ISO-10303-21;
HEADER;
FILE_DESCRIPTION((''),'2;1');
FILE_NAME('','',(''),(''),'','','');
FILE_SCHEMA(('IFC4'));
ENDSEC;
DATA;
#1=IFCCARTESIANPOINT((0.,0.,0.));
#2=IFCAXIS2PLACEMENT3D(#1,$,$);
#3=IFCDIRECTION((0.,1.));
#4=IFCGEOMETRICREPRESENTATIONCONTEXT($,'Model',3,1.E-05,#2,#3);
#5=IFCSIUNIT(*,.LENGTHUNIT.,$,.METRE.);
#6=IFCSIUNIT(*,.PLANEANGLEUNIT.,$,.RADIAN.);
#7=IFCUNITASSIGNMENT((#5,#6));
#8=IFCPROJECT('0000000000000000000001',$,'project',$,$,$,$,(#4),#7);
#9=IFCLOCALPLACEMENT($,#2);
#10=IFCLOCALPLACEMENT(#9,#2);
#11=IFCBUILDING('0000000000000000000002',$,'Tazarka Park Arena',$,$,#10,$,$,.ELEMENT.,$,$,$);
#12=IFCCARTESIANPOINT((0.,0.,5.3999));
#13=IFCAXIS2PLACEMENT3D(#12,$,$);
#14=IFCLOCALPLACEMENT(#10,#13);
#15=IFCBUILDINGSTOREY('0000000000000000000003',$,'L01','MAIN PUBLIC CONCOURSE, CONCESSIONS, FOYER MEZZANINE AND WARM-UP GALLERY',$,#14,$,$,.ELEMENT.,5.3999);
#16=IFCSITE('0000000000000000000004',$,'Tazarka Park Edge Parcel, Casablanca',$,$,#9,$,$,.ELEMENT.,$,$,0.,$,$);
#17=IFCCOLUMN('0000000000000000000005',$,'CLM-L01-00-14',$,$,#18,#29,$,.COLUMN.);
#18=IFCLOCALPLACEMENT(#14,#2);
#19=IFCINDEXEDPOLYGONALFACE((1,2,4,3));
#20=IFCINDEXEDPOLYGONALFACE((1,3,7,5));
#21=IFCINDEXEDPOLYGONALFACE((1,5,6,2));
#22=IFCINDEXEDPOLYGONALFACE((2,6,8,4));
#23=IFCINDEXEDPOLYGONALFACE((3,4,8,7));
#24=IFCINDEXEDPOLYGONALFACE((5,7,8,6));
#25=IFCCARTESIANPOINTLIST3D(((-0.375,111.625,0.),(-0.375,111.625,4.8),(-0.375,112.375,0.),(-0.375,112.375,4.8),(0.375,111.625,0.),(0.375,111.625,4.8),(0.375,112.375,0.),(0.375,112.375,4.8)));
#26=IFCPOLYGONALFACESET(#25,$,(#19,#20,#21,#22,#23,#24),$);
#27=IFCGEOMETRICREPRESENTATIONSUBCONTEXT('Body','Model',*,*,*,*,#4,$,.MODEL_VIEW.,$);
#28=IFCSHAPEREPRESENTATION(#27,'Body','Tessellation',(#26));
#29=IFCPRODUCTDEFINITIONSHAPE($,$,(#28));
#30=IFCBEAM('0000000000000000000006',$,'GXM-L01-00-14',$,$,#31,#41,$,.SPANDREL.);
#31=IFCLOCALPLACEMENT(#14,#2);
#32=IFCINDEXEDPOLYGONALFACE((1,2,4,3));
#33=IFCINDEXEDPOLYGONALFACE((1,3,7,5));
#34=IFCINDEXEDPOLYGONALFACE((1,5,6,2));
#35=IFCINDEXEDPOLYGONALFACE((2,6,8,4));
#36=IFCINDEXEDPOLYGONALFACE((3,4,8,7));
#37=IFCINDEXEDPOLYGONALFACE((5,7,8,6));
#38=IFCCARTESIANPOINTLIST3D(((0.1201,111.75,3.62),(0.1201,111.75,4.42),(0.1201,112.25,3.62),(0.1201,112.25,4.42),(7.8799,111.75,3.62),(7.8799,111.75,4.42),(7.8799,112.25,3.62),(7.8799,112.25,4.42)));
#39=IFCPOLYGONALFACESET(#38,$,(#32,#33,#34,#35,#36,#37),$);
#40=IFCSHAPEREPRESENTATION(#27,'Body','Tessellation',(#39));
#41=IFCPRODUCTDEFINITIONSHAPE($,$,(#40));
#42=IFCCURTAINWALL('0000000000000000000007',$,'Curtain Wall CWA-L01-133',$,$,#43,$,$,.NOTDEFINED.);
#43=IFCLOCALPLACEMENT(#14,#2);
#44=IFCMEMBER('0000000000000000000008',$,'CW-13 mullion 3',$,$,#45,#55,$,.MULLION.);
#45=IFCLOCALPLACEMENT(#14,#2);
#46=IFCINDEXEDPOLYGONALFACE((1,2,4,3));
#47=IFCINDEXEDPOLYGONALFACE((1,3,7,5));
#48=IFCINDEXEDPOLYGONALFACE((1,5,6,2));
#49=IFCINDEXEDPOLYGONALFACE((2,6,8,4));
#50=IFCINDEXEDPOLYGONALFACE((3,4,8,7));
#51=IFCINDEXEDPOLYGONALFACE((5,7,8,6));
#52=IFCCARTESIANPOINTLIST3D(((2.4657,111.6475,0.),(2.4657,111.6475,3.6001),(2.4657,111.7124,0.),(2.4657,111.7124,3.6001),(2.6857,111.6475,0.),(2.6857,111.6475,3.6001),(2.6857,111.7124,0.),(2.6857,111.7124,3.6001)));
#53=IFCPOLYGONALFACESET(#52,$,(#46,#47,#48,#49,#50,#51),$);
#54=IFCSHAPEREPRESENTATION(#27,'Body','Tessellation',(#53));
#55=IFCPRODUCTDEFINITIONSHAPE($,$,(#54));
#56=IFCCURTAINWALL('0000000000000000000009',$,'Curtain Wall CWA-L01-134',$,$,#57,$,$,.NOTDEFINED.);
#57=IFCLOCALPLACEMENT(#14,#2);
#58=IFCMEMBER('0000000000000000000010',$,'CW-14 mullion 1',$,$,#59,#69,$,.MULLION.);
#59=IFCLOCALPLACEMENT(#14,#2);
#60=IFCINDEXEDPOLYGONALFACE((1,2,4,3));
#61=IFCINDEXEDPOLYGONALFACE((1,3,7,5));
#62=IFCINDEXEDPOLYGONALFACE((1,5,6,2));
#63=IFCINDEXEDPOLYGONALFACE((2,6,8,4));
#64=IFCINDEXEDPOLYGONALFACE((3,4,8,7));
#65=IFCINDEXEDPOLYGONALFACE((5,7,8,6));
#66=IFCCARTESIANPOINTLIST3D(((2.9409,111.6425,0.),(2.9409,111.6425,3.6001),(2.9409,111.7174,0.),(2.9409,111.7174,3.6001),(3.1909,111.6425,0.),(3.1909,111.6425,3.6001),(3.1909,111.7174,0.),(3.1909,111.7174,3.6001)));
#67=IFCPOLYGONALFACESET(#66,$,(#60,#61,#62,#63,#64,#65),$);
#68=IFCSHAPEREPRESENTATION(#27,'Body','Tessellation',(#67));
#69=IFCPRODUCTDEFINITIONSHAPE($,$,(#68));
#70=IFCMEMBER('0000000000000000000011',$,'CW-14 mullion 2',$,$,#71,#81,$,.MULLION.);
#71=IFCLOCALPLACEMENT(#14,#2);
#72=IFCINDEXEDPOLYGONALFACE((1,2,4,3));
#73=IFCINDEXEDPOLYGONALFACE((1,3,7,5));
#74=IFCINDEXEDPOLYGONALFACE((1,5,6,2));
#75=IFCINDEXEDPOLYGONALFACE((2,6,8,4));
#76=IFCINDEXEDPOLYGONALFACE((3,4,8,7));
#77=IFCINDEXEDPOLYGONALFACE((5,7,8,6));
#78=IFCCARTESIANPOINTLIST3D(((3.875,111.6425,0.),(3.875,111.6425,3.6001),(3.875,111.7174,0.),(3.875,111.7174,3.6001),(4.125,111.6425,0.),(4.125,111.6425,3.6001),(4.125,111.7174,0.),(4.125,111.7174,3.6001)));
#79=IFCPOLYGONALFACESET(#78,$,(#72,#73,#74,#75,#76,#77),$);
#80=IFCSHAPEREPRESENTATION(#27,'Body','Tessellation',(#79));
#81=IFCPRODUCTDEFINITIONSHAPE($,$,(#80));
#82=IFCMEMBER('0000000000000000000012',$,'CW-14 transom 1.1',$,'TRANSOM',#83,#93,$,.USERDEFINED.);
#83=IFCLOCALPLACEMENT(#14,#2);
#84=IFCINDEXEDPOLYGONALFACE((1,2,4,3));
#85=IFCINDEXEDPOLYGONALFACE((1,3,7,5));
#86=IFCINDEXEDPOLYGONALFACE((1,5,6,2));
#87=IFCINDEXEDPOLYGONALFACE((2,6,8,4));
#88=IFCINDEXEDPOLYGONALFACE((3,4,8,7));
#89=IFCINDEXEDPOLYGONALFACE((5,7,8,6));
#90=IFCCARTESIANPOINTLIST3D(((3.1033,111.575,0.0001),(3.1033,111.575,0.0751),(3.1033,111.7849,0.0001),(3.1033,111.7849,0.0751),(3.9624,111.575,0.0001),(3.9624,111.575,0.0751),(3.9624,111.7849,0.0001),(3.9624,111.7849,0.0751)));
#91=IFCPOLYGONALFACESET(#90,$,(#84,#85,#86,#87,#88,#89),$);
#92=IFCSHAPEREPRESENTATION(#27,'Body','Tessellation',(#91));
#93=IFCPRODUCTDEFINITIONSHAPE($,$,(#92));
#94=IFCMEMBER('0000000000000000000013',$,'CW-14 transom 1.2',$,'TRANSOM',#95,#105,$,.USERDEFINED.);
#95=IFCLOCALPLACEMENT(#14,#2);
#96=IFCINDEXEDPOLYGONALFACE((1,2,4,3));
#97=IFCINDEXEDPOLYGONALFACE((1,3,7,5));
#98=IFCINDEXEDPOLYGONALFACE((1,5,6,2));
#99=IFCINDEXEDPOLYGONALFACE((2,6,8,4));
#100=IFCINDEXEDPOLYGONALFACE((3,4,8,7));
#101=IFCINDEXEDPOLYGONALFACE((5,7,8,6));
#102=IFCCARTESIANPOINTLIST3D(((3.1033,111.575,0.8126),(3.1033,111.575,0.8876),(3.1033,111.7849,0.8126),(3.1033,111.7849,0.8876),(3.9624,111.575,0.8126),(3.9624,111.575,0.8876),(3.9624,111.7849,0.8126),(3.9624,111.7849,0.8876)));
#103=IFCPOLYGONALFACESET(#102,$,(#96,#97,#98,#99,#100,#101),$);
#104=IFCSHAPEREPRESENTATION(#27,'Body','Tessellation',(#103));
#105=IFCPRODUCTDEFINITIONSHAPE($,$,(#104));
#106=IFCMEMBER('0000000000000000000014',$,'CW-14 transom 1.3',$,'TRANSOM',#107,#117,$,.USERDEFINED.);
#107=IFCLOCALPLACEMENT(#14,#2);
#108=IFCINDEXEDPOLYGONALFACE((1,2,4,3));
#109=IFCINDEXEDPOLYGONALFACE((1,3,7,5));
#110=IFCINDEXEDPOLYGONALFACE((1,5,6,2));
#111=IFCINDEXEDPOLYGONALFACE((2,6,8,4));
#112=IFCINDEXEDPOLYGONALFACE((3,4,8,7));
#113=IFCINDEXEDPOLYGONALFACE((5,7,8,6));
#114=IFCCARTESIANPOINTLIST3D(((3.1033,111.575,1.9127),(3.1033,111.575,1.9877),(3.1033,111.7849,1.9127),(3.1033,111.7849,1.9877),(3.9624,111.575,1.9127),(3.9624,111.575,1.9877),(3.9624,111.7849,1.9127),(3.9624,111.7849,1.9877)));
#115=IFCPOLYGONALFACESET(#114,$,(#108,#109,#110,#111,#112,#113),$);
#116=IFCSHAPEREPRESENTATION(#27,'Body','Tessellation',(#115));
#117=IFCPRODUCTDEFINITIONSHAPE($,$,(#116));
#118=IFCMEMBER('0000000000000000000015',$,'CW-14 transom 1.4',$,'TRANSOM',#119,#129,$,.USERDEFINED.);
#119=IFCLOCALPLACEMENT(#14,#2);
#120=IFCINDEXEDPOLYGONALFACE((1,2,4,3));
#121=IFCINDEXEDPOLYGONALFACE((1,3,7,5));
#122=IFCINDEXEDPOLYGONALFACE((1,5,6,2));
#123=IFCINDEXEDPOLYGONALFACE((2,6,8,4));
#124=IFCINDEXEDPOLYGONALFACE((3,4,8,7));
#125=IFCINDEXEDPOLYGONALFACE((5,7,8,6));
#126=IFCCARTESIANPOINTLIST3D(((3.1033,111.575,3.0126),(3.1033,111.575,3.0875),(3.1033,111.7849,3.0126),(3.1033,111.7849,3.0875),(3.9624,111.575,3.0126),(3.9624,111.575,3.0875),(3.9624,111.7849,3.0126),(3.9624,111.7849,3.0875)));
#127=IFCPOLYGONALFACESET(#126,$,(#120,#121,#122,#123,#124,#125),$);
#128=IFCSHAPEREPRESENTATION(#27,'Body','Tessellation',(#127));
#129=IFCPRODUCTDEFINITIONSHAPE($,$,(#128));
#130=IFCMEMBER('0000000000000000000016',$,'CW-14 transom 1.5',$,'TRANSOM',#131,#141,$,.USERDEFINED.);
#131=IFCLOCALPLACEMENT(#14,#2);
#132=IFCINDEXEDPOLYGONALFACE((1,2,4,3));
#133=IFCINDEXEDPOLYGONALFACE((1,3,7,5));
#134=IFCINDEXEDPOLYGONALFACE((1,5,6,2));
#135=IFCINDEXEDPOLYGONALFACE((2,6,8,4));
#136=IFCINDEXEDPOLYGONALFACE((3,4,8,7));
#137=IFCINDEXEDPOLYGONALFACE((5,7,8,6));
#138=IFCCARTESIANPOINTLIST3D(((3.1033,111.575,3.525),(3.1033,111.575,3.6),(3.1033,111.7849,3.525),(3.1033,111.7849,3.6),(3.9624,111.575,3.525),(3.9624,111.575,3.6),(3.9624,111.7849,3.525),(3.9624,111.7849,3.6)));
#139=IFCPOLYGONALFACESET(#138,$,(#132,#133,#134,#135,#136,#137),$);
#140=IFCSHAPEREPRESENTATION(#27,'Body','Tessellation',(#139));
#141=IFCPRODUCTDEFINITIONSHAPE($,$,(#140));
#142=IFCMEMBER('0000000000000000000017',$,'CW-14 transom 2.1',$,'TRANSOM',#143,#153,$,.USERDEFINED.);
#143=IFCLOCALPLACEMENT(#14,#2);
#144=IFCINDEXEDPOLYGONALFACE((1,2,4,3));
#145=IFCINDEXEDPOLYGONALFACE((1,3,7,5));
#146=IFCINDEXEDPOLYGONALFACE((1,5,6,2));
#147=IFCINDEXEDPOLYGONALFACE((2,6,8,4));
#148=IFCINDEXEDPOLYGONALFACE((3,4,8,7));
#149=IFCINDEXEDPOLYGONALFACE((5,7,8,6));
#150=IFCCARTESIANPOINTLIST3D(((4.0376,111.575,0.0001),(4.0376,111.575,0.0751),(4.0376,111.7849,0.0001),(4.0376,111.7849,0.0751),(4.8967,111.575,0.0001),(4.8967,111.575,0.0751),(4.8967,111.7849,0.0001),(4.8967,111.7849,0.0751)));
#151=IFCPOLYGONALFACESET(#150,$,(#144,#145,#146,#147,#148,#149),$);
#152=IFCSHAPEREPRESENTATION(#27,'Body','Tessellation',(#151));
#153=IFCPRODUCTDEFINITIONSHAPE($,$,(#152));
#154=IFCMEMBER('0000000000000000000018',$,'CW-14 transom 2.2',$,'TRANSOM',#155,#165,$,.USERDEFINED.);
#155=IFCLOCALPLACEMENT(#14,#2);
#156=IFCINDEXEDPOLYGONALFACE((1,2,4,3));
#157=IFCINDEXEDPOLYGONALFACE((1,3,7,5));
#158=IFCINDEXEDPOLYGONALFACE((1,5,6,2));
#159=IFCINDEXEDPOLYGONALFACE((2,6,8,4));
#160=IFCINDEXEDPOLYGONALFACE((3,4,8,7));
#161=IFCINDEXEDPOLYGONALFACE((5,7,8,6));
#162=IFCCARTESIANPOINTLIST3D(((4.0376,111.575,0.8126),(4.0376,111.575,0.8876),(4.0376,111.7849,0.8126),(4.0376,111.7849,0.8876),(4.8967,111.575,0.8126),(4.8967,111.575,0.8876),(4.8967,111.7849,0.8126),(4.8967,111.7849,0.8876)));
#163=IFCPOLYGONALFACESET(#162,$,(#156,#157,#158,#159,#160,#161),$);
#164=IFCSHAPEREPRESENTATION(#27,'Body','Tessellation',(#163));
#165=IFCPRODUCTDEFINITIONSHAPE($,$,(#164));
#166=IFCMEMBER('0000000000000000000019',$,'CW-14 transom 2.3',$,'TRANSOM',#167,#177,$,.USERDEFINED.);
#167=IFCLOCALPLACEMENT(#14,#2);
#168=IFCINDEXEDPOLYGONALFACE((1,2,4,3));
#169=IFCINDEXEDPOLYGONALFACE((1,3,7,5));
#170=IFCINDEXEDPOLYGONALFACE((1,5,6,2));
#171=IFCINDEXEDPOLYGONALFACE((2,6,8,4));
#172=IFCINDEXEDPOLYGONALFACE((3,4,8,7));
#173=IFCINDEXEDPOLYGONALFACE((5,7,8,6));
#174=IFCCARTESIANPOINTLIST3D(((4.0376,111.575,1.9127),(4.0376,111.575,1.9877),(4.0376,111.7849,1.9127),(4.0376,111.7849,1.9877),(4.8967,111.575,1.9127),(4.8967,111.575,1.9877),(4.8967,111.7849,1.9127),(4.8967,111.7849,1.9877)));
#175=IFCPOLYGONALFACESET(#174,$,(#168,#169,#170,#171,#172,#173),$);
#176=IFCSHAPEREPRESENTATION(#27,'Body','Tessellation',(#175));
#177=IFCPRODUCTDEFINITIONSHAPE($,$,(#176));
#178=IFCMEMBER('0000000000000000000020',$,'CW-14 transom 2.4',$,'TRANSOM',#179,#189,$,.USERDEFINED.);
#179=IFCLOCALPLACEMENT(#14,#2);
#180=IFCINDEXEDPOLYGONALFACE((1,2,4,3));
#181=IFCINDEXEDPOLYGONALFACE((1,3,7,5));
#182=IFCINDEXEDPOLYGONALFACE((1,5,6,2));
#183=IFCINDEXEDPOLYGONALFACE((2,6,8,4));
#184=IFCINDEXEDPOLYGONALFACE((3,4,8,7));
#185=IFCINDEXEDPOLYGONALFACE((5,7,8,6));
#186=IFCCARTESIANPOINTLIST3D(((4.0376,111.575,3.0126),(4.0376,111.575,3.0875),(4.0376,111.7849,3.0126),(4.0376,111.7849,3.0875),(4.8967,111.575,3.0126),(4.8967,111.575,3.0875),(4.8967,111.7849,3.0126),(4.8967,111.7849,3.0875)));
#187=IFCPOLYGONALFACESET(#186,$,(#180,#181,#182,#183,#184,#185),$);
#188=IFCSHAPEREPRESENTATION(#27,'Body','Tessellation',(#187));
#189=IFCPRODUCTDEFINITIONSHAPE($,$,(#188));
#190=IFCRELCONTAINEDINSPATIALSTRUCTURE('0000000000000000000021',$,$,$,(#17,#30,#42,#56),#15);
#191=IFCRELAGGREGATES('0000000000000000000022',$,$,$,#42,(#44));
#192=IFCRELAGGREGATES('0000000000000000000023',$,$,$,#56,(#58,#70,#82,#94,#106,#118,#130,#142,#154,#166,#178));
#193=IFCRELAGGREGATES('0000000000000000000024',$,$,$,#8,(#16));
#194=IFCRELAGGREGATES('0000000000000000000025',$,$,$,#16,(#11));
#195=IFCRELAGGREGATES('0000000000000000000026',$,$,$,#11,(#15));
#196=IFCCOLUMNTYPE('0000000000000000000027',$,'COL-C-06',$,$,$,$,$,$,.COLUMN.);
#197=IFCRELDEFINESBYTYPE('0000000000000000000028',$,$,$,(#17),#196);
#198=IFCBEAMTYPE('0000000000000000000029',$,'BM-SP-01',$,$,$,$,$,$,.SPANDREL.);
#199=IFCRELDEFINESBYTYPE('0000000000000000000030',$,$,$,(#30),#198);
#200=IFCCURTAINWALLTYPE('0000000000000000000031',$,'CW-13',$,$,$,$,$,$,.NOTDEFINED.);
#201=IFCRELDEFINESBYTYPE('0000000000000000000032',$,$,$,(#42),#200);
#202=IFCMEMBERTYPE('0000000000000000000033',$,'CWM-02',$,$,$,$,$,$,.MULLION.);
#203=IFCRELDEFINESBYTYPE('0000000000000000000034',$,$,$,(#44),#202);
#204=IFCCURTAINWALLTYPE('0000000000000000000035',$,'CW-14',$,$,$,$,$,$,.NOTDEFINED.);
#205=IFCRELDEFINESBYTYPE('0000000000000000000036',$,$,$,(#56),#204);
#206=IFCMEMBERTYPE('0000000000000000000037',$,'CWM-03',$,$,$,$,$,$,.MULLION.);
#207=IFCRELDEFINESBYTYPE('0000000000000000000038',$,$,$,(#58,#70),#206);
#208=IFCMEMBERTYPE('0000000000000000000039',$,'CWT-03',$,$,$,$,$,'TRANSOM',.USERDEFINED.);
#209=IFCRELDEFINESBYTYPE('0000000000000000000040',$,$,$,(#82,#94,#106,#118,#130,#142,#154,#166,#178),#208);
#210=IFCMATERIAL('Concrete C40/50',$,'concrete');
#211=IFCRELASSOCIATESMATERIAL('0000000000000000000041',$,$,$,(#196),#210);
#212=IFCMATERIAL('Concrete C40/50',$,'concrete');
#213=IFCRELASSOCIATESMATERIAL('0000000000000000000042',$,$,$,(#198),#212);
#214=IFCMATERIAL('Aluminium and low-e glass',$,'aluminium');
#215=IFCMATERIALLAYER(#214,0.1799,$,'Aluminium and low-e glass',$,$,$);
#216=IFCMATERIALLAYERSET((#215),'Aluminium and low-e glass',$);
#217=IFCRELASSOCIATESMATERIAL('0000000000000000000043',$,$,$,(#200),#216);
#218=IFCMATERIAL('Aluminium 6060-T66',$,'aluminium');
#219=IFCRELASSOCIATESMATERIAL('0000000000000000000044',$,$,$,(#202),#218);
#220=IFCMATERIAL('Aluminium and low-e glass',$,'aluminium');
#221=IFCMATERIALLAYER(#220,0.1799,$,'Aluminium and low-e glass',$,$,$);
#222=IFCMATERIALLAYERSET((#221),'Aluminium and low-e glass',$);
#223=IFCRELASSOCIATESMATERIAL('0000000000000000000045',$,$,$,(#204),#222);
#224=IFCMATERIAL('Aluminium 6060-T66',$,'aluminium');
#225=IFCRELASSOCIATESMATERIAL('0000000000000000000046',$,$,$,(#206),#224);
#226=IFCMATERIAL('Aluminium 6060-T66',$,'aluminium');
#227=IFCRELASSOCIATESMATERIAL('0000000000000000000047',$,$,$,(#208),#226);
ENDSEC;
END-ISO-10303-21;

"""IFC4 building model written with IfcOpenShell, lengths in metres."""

from ifc_helpers import new_model, si_unit, direction, frame, origin, origin_2d, place, context, subcontext, project, spatial, rectangle, extrude, material, layer, layer_set, material_profile, profile_set, type_object, element, aggregate, save


model = new_model("IFC4")

# Units and contexts
model_context = context("Model", 3, precision=1e-05, world=origin(), true_north=direction((0.0, 1.0)))
body_context = subcontext(model_context, "Body", "Model", "MODEL_VIEW")
ifc_project = project(units=[si_unit("LENGTHUNIT", "METRE"), si_unit("PLANEANGLEUNIT", "RADIAN")], contexts=[model_context])

# Site, building, storey
site_placement = place(None, origin())
site = spatial("IfcSite", under=ifc_project, at=site_placement, Name="Tazarka Park Edge Parcel, Casablanca", CompositionType="ELEMENT", RefElevation=0.0)
building_placement = place(site_placement, origin())
building = spatial("IfcBuilding", under=site, at=building_placement, Name="Tazarka Park Arena", CompositionType="ELEMENT")
storey_placement = place(building_placement, frame((0.0, 0.0, 5.3999)))
storey = spatial("IfcBuildingStorey", under=building, at=storey_placement, Name="L01", Description="MAIN PUBLIC CONCOURSE, CONCESSIONS, FOYER MEZZANINE AND WARM-UP GALLERY", CompositionType="ELEMENT", Elevation=5.3999)

# Column
ifc_material_1 = material(Name="Concrete C40/50", Category="concrete")
ifc_material_profile_1 = material_profile(ifc_material_1, rectangle(XDim=0.75, YDim=0.75, at=origin_2d()), Name="Concrete C40/50")
ifc_profile_set_1 = profile_set([ifc_material_profile_1], Name="Concrete C40/50")
column_type = type_object("IfcColumnType", Name="COL-C-06", PredefinedType="COLUMN", material=ifc_profile_set_1)
column_placement = place(storey_placement, frame((0.0, 112.0, 0.0), z_axis=(0.0, 0.0, 1.0), x_axis=(1.0, 0.0, 0.0)))
element("IfcColumn", 1, at=column_placement, inside=storey, type_object=column_type, Name="CLM-L01-00-14", PredefinedType="COLUMN", context=body_context, shape_type="SweptSolid", body=[
    extrude(rectangle(XDim=0.75, YDim=0.75, at=origin_2d()), origin(), (0.0, 0.0, 1.0), 4.8),
])

# Beam
ifc_material_2 = material(Name="Concrete C40/50", Category="concrete")
ifc_material_profile_2 = material_profile(ifc_material_2, rectangle(XDim=0.5, YDim=0.8, at=origin_2d()), Name="Concrete C40/50")
ifc_profile_set_2 = profile_set([ifc_material_profile_2], Name="Concrete C40/50")
beam_type = type_object("IfcBeamType", Name="BM-SP-01", PredefinedType="SPANDREL", material=ifc_profile_set_2)
beam_placement = place(storey_placement, frame((0.1201, 112.0, 4.02), z_axis=(1.0, 0.0, 0.0), x_axis=(0.0, 1.0, 0.0)))
element("IfcBeam", 2, at=beam_placement, inside=storey, type_object=beam_type, Name="GXM-L01-00-14", PredefinedType="SPANDREL", context=body_context, shape_type="SweptSolid", body=[
    extrude(rectangle(XDim=0.5, YDim=0.8, at=origin_2d()), origin(), (0.0, 0.0, 1.0), 7.7598),
])

# Curtain wall, member
ifc_material_3 = material(Name="Aluminium and low-e glass", Category="aluminium")
ifc_layer_1 = layer(ifc_material_3, 0.1799, Name="Aluminium and low-e glass")
ifc_layer_set_1 = layer_set([ifc_layer_1], Name="Aluminium and low-e glass")
curtain_wall_type_1 = type_object("IfcCurtainWallType", Name="CW-13", PredefinedType="NOTDEFINED", material=ifc_layer_set_1)
curtain_wall_1_placement = place(storey_placement, origin())
curtain_wall_1 = element("IfcCurtainWall", 3, at=curtain_wall_1_placement, inside=storey, type_object=curtain_wall_type_1, Name="Curtain Wall CWA-L01-133", PredefinedType="NOTDEFINED")
ifc_material_4 = material(Name="Aluminium 6060-T66", Category="aluminium")
ifc_material_profile_3 = material_profile(ifc_material_4, rectangle(XDim=0.0649, YDim=0.22, at=origin_2d()), Name="Aluminium 6060-T66")
ifc_profile_set_3 = profile_set([ifc_material_profile_3], Name="Aluminium 6060-T66")
member_type_1 = type_object("IfcMemberType", Name="CWM-02", PredefinedType="MULLION", material=ifc_profile_set_3)
member_1_placement = place(storey_placement, frame((2.5757, 111.6799, 0.0), z_axis=(0.0, 0.0, 1.0), x_axis=(0.0, 1.0, 0.0)))
member_1 = element("IfcMember", 4, at=member_1_placement, type_object=member_type_1, Name="CW-13 mullion 3", PredefinedType="MULLION", context=body_context, shape_type="SweptSolid", body=[
    extrude(rectangle(XDim=0.0649, YDim=0.22, at=origin_2d()), origin(), (0.0, 0.0, 1.0), 3.6001),
])

# Curtain wall, members
ifc_material_5 = material(Name="Aluminium and low-e glass", Category="aluminium")
ifc_layer_2 = layer(ifc_material_5, 0.1799, Name="Aluminium and low-e glass")
ifc_layer_set_2 = layer_set([ifc_layer_2], Name="Aluminium and low-e glass")
curtain_wall_type_2 = type_object("IfcCurtainWallType", Name="CW-14", PredefinedType="NOTDEFINED", material=ifc_layer_set_2)
curtain_wall_2_placement = place(storey_placement, origin())
curtain_wall_2 = element("IfcCurtainWall", 5, at=curtain_wall_2_placement, inside=storey, type_object=curtain_wall_type_2, Name="Curtain Wall CWA-L01-134", PredefinedType="NOTDEFINED")
ifc_material_6 = material(Name="Aluminium 6060-T66", Category="aluminium")
ifc_material_profile_4 = material_profile(ifc_material_6, rectangle(XDim=0.075, YDim=0.25, at=origin_2d()), Name="Aluminium 6060-T66")
ifc_profile_set_4 = profile_set([ifc_material_profile_4], Name="Aluminium 6060-T66")
member_type_2 = type_object("IfcMemberType", Name="CWM-03", PredefinedType="MULLION", material=ifc_profile_set_4)
member_2_placement = place(storey_placement, frame((3.0659, 111.6799, 0.0), z_axis=(0.0, 0.0, 1.0), x_axis=(0.0, 1.0, 0.0)))
member_2 = element("IfcMember", 6, at=member_2_placement, type_object=member_type_2, Name="CW-14 mullion 1", PredefinedType="MULLION", context=body_context, shape_type="SweptSolid", body=[
    extrude(rectangle(XDim=0.075, YDim=0.25, at=origin_2d()), origin(), (0.0, 0.0, 1.0), 3.6001),
])
member_3_placement = place(storey_placement, frame((4.0, 111.6799, 0.0), z_axis=(0.0, 0.0, 1.0), x_axis=(0.0, 1.0, 0.0)))
member_3 = element("IfcMember", 7, at=member_3_placement, type_object=member_type_2, Name="CW-14 mullion 2", PredefinedType="MULLION", context=body_context, shape_type="SweptSolid", body=[
    extrude(rectangle(XDim=0.075, YDim=0.25, at=origin_2d()), origin(), (0.0, 0.0, 1.0), 3.6001),
])
ifc_material_7 = material(Name="Aluminium 6060-T66", Category="aluminium")
ifc_material_profile_5 = material_profile(ifc_material_7, rectangle(XDim=0.21, YDim=0.075, at=origin_2d()), Name="Aluminium 6060-T66")
ifc_profile_set_5 = profile_set([ifc_material_profile_5], Name="Aluminium 6060-T66")
member_type_3 = type_object("IfcMemberType", Name="CWT-03", ElementType="TRANSOM", PredefinedType="USERDEFINED", material=ifc_profile_set_5)
member_4_placement = place(storey_placement, frame((3.1033, 111.6799, 0.0376), z_axis=(1.0, 0.0, 0.0), x_axis=(0.0, 1.0, 0.0)))
member_4 = element("IfcMember", 8, at=member_4_placement, type_object=member_type_3, Name="CW-14 transom 1.1", ObjectType="TRANSOM", PredefinedType="USERDEFINED", context=body_context, shape_type="SweptSolid", body=[
    extrude(rectangle(XDim=0.21, YDim=0.075, at=origin_2d()), origin(), (0.0, 0.0, 1.0), 0.8591),
])
member_5_placement = place(storey_placement, frame((3.1033, 111.6799, 0.8501), z_axis=(1.0, 0.0, 0.0), x_axis=(0.0, 1.0, 0.0)))
member_5 = element("IfcMember", 9, at=member_5_placement, type_object=member_type_3, Name="CW-14 transom 1.2", ObjectType="TRANSOM", PredefinedType="USERDEFINED", context=body_context, shape_type="SweptSolid", body=[
    extrude(rectangle(XDim=0.21, YDim=0.075, at=origin_2d()), origin(), (0.0, 0.0, 1.0), 0.8591),
])
member_6_placement = place(storey_placement, frame((3.1033, 111.6799, 1.9502), z_axis=(1.0, 0.0, 0.0), x_axis=(0.0, 1.0, 0.0)))
member_6 = element("IfcMember", 10, at=member_6_placement, type_object=member_type_3, Name="CW-14 transom 1.3", ObjectType="TRANSOM", PredefinedType="USERDEFINED", context=body_context, shape_type="SweptSolid", body=[
    extrude(rectangle(XDim=0.21, YDim=0.075, at=origin_2d()), origin(), (0.0, 0.0, 1.0), 0.8591),
])
member_7_placement = place(storey_placement, frame((3.1033, 111.6799, 3.05), z_axis=(1.0, 0.0, 0.0), x_axis=(0.0, 1.0, 0.0)))
member_7 = element("IfcMember", 11, at=member_7_placement, type_object=member_type_3, Name="CW-14 transom 1.4", ObjectType="TRANSOM", PredefinedType="USERDEFINED", context=body_context, shape_type="SweptSolid", body=[
    extrude(rectangle(XDim=0.21, YDim=0.075, at=origin_2d()), origin(), (0.0, 0.0, 1.0), 0.8591),
])
member_8_placement = place(storey_placement, frame((3.1033, 111.6799, 3.5625), z_axis=(1.0, 0.0, 0.0), x_axis=(0.0, 1.0, 0.0)))
member_8 = element("IfcMember", 12, at=member_8_placement, type_object=member_type_3, Name="CW-14 transom 1.5", ObjectType="TRANSOM", PredefinedType="USERDEFINED", context=body_context, shape_type="SweptSolid", body=[
    extrude(rectangle(XDim=0.21, YDim=0.075, at=origin_2d()), origin(), (0.0, 0.0, 1.0), 0.8591),
])
member_9_placement = place(storey_placement, frame((4.0376, 111.6799, 0.0376), z_axis=(1.0, 0.0, 0.0), x_axis=(0.0, 1.0, 0.0)))
member_9 = element("IfcMember", 13, at=member_9_placement, type_object=member_type_3, Name="CW-14 transom 2.1", ObjectType="TRANSOM", PredefinedType="USERDEFINED", context=body_context, shape_type="SweptSolid", body=[
    extrude(rectangle(XDim=0.21, YDim=0.075, at=origin_2d()), origin(), (0.0, 0.0, 1.0), 0.8591),
])
member_10_placement = place(storey_placement, frame((4.0376, 111.6799, 0.8501), z_axis=(1.0, 0.0, 0.0), x_axis=(0.0, 1.0, 0.0)))
member_10 = element("IfcMember", 14, at=member_10_placement, type_object=member_type_3, Name="CW-14 transom 2.2", ObjectType="TRANSOM", PredefinedType="USERDEFINED", context=body_context, shape_type="SweptSolid", body=[
    extrude(rectangle(XDim=0.21, YDim=0.075, at=origin_2d()), origin(), (0.0, 0.0, 1.0), 0.8591),
])
member_11_placement = place(storey_placement, frame((4.0376, 111.6799, 1.9502), z_axis=(1.0, 0.0, 0.0), x_axis=(0.0, 1.0, 0.0)))
member_11 = element("IfcMember", 15, at=member_11_placement, type_object=member_type_3, Name="CW-14 transom 2.3", ObjectType="TRANSOM", PredefinedType="USERDEFINED", context=body_context, shape_type="SweptSolid", body=[
    extrude(rectangle(XDim=0.21, YDim=0.075, at=origin_2d()), origin(), (0.0, 0.0, 1.0), 0.8591),
])
member_12_placement = place(storey_placement, frame((4.0376, 111.6799, 3.05), z_axis=(1.0, 0.0, 0.0), x_axis=(0.0, 1.0, 0.0)))
member_12 = element("IfcMember", 16, at=member_12_placement, type_object=member_type_3, Name="CW-14 transom 2.4", ObjectType="TRANSOM", PredefinedType="USERDEFINED", context=body_context, shape_type="SweptSolid", body=[
    extrude(rectangle(XDim=0.21, YDim=0.075, at=origin_2d()), origin(), (0.0, 0.0, 1.0), 0.8591),
])

aggregate(curtain_wall_1, [member_1])
aggregate(curtain_wall_2, [member_2, member_3, member_4, member_5, member_6, member_7, member_8, member_9, member_10, member_11, member_12])

save(model, "model.ifc")
